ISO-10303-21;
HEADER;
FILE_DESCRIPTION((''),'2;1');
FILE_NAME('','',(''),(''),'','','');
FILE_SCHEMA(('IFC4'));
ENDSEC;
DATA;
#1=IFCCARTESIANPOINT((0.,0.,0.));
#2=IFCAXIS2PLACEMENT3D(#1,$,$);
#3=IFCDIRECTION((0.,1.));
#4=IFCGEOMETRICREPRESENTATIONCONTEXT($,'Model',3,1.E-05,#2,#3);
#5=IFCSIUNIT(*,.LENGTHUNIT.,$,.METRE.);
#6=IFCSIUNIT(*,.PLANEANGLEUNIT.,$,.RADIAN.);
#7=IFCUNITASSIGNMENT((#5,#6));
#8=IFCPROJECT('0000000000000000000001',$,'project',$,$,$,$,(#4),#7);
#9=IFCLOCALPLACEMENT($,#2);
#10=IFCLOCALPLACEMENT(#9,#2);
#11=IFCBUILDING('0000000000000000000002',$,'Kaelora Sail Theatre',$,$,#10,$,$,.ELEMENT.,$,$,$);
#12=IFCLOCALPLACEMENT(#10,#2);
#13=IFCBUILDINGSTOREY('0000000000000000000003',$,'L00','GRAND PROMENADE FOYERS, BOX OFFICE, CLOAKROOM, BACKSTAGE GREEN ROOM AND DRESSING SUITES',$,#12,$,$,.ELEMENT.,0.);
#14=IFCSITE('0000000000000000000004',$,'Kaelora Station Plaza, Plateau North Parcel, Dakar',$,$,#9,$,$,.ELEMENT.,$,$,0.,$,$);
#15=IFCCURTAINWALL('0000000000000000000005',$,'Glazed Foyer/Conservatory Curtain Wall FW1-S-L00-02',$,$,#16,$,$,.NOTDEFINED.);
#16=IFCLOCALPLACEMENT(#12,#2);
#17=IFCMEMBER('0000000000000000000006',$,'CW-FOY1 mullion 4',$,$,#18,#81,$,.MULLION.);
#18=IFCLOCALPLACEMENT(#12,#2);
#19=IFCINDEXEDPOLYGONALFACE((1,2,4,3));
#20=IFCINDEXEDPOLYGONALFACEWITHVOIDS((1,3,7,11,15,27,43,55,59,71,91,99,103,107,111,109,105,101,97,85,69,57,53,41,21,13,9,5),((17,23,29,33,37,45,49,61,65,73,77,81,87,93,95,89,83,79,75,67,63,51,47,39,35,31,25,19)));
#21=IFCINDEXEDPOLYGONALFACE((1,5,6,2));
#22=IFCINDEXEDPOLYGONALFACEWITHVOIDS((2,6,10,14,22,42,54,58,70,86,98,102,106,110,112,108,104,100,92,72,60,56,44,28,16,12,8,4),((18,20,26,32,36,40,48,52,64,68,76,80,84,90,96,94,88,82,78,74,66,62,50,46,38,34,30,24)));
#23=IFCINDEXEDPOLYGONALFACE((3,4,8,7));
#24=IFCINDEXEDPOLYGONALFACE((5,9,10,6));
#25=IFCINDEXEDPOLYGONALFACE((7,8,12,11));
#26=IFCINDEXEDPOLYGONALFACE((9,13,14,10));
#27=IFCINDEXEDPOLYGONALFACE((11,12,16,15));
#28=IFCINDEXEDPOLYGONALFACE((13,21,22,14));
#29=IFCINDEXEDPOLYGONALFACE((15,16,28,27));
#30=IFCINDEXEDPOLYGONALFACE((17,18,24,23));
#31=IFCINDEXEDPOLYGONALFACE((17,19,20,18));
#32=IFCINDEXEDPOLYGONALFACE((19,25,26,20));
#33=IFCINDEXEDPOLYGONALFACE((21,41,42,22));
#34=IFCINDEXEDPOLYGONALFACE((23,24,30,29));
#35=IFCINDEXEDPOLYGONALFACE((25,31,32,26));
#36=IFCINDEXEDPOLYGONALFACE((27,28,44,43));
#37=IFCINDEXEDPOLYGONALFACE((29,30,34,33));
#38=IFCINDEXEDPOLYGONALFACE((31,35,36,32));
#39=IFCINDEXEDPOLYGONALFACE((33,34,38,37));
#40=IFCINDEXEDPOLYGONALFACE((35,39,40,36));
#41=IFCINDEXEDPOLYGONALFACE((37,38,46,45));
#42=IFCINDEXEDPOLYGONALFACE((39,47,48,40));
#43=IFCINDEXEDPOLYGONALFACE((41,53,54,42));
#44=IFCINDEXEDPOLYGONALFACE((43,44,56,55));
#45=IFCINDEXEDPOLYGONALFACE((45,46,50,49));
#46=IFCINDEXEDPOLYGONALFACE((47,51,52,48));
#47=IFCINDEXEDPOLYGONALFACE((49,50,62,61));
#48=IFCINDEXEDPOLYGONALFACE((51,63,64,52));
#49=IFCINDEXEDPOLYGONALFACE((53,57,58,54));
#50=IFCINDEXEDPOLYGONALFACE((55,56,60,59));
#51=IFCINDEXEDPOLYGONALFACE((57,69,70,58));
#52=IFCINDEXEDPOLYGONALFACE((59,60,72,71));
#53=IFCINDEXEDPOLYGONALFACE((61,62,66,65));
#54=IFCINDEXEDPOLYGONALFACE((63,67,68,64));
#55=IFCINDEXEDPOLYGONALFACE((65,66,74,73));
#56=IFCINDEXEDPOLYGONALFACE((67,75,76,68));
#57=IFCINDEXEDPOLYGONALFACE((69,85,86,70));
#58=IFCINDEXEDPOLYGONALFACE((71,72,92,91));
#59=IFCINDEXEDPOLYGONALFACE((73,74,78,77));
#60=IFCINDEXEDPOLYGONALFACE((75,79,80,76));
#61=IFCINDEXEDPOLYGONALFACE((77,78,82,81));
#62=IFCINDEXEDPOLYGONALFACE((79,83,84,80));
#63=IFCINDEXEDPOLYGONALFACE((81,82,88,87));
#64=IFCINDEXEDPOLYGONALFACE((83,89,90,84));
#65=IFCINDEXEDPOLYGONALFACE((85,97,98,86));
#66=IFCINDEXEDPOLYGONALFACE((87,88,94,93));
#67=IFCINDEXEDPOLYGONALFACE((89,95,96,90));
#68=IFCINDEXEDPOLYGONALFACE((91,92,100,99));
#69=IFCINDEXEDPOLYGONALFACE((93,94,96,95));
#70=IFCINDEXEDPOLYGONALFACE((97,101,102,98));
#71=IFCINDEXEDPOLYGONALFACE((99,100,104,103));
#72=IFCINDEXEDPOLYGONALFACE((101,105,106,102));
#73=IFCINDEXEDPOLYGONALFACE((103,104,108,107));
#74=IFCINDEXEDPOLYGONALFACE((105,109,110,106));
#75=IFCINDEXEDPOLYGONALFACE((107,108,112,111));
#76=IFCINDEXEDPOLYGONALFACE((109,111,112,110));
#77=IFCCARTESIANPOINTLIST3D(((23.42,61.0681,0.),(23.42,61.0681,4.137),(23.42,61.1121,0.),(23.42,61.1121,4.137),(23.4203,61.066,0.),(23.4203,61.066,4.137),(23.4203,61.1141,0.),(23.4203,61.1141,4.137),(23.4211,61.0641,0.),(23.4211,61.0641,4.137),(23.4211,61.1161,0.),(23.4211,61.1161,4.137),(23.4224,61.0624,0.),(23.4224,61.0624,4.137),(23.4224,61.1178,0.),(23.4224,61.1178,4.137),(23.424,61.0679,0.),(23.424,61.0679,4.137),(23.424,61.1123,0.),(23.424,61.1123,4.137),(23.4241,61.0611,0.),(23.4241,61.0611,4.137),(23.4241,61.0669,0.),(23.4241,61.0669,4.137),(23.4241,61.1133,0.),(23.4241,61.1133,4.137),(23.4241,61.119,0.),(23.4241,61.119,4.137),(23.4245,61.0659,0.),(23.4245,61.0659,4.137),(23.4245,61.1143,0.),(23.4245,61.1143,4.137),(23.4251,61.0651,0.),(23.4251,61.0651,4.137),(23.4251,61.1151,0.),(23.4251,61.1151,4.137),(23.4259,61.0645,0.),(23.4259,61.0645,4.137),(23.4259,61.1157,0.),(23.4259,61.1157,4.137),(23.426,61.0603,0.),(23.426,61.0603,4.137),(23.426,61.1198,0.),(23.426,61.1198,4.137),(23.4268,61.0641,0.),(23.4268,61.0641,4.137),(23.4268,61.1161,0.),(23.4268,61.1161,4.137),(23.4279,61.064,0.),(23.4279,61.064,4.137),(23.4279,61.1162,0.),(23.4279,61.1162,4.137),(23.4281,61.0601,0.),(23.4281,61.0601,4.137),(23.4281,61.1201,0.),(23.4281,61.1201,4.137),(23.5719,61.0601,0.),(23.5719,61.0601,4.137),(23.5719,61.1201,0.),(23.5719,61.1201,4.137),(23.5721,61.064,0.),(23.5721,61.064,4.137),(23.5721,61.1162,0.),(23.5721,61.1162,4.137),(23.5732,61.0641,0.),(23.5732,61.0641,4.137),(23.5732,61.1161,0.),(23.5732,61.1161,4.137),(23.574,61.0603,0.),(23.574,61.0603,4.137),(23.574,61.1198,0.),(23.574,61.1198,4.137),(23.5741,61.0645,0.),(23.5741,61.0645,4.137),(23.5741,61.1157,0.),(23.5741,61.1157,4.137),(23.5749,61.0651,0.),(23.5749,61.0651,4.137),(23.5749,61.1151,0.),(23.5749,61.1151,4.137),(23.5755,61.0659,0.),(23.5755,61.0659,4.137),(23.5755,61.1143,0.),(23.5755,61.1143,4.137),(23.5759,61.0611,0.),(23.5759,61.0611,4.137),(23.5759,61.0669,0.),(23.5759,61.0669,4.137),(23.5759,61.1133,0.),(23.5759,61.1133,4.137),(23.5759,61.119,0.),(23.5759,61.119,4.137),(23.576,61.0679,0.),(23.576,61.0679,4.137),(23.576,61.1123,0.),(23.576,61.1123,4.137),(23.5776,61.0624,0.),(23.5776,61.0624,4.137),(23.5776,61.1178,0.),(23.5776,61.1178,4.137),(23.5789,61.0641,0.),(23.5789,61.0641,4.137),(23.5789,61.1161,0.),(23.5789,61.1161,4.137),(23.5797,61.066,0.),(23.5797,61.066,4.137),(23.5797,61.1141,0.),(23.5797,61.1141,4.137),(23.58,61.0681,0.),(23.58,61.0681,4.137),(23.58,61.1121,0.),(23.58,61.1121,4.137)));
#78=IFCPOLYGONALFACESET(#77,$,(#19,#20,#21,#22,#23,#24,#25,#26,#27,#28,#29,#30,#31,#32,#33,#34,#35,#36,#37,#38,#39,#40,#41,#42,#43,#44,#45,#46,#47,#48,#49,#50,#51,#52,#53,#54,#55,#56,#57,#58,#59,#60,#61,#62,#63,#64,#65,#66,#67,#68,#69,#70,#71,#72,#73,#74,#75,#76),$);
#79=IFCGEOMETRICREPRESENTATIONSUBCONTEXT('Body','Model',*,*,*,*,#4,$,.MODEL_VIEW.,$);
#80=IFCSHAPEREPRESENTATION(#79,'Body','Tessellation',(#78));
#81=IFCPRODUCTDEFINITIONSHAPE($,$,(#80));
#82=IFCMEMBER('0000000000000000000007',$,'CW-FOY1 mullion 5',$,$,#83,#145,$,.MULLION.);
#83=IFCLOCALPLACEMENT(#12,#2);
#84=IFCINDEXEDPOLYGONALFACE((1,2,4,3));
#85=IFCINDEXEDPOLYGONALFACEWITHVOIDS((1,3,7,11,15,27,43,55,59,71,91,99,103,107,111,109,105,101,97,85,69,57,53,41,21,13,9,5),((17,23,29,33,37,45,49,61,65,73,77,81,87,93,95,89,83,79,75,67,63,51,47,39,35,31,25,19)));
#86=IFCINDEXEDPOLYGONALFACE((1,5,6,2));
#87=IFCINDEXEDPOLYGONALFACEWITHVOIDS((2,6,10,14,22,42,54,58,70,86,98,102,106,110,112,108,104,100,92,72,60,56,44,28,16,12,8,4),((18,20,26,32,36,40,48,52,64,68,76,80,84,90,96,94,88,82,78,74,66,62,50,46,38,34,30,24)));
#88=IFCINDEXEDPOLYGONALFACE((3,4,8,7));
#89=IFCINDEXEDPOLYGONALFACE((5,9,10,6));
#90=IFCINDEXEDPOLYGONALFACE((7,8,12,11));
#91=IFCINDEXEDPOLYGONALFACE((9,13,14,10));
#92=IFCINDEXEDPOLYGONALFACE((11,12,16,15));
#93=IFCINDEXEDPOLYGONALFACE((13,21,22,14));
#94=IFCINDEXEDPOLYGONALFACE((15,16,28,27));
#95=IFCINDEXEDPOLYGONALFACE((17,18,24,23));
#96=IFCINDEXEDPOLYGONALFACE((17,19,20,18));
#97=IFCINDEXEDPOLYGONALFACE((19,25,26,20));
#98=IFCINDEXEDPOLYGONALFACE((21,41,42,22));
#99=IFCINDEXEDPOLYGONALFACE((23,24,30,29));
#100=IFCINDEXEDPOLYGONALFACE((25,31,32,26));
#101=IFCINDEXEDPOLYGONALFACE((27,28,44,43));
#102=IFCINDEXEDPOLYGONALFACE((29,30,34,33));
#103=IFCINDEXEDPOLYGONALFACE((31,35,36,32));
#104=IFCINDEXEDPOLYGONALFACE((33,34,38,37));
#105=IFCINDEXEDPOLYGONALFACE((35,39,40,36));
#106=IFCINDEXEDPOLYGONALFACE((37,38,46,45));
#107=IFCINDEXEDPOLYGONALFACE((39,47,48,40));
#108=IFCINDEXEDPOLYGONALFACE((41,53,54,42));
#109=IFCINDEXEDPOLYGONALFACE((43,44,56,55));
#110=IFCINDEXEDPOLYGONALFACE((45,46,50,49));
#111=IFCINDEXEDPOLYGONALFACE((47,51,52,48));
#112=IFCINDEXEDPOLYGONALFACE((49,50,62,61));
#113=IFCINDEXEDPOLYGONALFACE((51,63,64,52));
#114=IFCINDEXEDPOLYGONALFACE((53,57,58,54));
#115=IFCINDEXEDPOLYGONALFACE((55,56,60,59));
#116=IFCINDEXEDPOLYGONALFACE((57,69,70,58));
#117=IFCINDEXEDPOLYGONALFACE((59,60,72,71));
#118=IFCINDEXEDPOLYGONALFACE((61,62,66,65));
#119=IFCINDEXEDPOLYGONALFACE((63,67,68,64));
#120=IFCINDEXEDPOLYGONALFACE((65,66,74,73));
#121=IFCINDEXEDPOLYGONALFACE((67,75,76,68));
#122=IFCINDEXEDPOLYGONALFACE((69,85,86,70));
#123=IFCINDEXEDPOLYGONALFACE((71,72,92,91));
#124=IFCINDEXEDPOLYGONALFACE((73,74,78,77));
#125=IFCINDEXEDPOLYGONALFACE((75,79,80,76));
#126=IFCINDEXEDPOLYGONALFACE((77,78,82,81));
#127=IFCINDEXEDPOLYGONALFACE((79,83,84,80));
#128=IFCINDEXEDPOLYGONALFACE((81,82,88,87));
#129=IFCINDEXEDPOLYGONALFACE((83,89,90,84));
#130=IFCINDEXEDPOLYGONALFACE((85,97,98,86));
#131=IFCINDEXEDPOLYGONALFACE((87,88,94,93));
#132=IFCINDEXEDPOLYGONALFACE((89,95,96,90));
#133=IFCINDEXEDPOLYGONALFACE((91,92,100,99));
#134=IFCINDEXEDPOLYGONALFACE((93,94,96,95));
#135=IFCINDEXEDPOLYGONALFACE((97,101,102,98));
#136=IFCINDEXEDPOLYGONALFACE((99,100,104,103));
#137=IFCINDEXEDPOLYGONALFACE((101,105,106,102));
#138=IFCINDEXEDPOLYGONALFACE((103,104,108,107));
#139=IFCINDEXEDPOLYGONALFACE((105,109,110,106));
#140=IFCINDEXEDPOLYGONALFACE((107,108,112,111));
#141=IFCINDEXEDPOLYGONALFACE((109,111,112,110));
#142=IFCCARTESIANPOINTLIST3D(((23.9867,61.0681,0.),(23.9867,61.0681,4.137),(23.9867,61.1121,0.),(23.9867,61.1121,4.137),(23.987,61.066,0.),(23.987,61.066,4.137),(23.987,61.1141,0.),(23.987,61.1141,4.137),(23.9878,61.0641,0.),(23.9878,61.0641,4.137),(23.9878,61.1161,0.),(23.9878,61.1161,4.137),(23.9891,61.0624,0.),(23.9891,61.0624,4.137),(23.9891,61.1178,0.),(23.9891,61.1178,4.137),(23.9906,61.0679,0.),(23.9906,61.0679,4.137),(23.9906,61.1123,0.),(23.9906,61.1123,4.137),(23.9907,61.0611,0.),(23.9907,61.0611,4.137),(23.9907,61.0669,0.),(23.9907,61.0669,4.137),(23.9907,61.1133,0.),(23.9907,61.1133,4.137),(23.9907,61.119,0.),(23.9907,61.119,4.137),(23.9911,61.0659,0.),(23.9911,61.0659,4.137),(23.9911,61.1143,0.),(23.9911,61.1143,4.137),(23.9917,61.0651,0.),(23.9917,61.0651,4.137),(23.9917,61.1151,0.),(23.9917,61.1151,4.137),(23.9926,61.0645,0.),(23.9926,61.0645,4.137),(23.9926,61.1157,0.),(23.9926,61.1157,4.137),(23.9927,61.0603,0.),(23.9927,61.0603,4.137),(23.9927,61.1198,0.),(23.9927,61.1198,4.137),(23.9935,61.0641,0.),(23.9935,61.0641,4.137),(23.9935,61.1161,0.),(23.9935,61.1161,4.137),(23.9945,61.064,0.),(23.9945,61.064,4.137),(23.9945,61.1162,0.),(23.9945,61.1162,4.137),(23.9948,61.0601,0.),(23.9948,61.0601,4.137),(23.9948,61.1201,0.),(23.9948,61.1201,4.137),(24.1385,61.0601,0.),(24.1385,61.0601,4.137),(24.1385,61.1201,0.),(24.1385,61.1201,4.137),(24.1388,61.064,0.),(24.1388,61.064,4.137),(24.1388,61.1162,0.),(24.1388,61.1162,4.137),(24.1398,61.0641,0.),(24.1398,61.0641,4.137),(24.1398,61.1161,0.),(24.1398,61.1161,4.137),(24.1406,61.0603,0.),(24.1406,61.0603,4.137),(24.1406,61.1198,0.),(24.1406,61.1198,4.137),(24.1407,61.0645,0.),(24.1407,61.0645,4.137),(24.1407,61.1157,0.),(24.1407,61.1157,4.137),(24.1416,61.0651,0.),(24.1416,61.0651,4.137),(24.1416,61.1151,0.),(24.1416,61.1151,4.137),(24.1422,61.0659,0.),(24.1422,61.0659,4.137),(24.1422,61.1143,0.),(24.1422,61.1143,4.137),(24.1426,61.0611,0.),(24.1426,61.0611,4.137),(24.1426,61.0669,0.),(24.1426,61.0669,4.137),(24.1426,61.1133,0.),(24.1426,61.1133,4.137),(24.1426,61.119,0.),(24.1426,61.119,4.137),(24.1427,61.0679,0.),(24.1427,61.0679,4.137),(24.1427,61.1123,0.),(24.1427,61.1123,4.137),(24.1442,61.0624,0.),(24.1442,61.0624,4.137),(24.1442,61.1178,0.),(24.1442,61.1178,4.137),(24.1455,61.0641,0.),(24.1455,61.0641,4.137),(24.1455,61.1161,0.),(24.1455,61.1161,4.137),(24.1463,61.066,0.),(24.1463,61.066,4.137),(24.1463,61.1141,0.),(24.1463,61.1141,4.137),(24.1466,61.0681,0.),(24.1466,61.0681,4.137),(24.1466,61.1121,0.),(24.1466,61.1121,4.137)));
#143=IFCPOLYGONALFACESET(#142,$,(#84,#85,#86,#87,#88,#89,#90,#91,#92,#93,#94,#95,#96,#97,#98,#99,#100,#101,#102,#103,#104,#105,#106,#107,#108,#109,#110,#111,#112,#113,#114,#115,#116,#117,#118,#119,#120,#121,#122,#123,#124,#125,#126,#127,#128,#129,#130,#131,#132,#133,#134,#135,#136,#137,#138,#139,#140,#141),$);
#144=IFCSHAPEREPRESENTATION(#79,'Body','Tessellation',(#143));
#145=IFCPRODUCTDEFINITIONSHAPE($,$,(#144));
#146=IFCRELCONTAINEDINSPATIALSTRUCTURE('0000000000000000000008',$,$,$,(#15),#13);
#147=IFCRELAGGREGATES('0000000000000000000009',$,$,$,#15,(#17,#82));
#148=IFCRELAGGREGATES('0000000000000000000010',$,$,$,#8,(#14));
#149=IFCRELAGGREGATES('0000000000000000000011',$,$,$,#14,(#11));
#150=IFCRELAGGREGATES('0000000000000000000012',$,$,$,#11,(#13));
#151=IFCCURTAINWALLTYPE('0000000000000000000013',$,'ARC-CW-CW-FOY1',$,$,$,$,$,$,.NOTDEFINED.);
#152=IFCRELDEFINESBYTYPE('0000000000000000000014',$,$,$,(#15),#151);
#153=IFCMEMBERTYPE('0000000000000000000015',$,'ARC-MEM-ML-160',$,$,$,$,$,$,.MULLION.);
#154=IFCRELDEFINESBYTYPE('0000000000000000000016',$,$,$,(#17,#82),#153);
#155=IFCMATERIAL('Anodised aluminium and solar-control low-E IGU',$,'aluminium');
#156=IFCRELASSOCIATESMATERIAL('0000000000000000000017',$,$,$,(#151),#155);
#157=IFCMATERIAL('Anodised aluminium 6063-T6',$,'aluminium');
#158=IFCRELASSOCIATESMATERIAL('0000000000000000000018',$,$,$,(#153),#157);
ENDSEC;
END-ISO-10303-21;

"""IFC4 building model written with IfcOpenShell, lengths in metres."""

from ifc_helpers import new_model, si_unit, direction, frame, origin, origin_2d, place, context, subcontext, project, spatial, hollow_rectangle, extrude, material, material_profile, profile_set, type_object, element, aggregate, save


model = new_model("IFC4")

# Units and contexts
model_context = context("Model", 3, precision=1e-05, world=origin(), true_north=direction((0.0, 1.0)))
body_context = subcontext(model_context, "Body", "Model", "MODEL_VIEW")
ifc_project = project(units=[si_unit("LENGTHUNIT", "METRE"), si_unit("PLANEANGLEUNIT", "RADIAN")], contexts=[model_context])

# Site, building, storey
site_placement = place(None, origin())
site = spatial("IfcSite", under=ifc_project, at=site_placement, Name="Kaelora Station Plaza, Plateau North Parcel, Dakar", CompositionType="ELEMENT", RefElevation=0.0)
building_placement = place(site_placement, origin())
building = spatial("IfcBuilding", under=site, at=building_placement, Name="Kaelora Sail Theatre", CompositionType="ELEMENT")
storey_placement = place(building_placement, origin())
storey = spatial("IfcBuildingStorey", under=building, at=storey_placement, Name="L00", Description="GRAND PROMENADE FOYERS, BOX OFFICE, CLOAKROOM, BACKSTAGE GREEN ROOM AND DRESSING SUITES", CompositionType="ELEMENT", Elevation=0.0)

# Curtain wall, members
ifc_material_1 = material(Name="Anodised aluminium and solar-control low-E IGU", Category="aluminium")
curtain_wall_type = type_object("IfcCurtainWallType", Name="ARC-CW-CW-FOY1", PredefinedType="NOTDEFINED", material=ifc_material_1)
curtain_wall_placement = place(storey_placement, origin())
curtain_wall = element("IfcCurtainWall", 1, at=curtain_wall_placement, inside=storey, type_object=curtain_wall_type, Name="Glazed Foyer/Conservatory Curtain Wall FW1-S-L00-02", PredefinedType="NOTDEFINED")
ifc_material_2 = material(Name="Anodised aluminium 6063-T6", Category="aluminium")
ifc_material_profile_1 = material_profile(ifc_material_2, hollow_rectangle(XDim=0.0601, YDim=0.1599, WallThickness=0.0039, InnerFilletRadius=0.0039, OuterFilletRadius=0.0081, at=origin_2d()), Name="ALU-MULL 60x160x4")
ifc_profile_set_1 = profile_set([ifc_material_profile_1], Name="Anodised aluminium 6063-T6")
member_type_1 = type_object("IfcMemberType", Name="ARC-MEM-ML-160", PredefinedType="MULLION", material=ifc_profile_set_1)
member_1_placement = place(storey_placement, frame((23.5, 61.0901, 0.0), z_axis=(0.0, 0.0, 1.0), x_axis=(0.0, 1.0, 0.0)))
member_1 = element("IfcMember", 2, at=member_1_placement, type_object=member_type_1, Name="CW-FOY1 mullion 4", PredefinedType="MULLION", context=body_context, shape_type="SweptSolid", body=[
    extrude(hollow_rectangle(XDim=0.0601, YDim=0.1599, WallThickness=0.0039, InnerFilletRadius=0.0039, OuterFilletRadius=0.0081, at=origin_2d()), origin(), (0.0, 0.0, 1.0), 4.137),
])
member_2_placement = place(storey_placement, frame((24.0667, 61.0901, 0.0), z_axis=(0.0, 0.0, 1.0), x_axis=(0.0, 1.0, 0.0)))
member_2 = element("IfcMember", 3, at=member_2_placement, type_object=member_type_1, Name="CW-FOY1 mullion 5", PredefinedType="MULLION", context=body_context, shape_type="SweptSolid", body=[
    extrude(hollow_rectangle(XDim=0.0601, YDim=0.1599, WallThickness=0.0039, InnerFilletRadius=0.0039, OuterFilletRadius=0.0081, at=origin_2d()), origin(), (0.0, 0.0, 1.0), 4.137),
])

aggregate(curtain_wall, [member_1, member_2])

save(model, "model.ifc")
